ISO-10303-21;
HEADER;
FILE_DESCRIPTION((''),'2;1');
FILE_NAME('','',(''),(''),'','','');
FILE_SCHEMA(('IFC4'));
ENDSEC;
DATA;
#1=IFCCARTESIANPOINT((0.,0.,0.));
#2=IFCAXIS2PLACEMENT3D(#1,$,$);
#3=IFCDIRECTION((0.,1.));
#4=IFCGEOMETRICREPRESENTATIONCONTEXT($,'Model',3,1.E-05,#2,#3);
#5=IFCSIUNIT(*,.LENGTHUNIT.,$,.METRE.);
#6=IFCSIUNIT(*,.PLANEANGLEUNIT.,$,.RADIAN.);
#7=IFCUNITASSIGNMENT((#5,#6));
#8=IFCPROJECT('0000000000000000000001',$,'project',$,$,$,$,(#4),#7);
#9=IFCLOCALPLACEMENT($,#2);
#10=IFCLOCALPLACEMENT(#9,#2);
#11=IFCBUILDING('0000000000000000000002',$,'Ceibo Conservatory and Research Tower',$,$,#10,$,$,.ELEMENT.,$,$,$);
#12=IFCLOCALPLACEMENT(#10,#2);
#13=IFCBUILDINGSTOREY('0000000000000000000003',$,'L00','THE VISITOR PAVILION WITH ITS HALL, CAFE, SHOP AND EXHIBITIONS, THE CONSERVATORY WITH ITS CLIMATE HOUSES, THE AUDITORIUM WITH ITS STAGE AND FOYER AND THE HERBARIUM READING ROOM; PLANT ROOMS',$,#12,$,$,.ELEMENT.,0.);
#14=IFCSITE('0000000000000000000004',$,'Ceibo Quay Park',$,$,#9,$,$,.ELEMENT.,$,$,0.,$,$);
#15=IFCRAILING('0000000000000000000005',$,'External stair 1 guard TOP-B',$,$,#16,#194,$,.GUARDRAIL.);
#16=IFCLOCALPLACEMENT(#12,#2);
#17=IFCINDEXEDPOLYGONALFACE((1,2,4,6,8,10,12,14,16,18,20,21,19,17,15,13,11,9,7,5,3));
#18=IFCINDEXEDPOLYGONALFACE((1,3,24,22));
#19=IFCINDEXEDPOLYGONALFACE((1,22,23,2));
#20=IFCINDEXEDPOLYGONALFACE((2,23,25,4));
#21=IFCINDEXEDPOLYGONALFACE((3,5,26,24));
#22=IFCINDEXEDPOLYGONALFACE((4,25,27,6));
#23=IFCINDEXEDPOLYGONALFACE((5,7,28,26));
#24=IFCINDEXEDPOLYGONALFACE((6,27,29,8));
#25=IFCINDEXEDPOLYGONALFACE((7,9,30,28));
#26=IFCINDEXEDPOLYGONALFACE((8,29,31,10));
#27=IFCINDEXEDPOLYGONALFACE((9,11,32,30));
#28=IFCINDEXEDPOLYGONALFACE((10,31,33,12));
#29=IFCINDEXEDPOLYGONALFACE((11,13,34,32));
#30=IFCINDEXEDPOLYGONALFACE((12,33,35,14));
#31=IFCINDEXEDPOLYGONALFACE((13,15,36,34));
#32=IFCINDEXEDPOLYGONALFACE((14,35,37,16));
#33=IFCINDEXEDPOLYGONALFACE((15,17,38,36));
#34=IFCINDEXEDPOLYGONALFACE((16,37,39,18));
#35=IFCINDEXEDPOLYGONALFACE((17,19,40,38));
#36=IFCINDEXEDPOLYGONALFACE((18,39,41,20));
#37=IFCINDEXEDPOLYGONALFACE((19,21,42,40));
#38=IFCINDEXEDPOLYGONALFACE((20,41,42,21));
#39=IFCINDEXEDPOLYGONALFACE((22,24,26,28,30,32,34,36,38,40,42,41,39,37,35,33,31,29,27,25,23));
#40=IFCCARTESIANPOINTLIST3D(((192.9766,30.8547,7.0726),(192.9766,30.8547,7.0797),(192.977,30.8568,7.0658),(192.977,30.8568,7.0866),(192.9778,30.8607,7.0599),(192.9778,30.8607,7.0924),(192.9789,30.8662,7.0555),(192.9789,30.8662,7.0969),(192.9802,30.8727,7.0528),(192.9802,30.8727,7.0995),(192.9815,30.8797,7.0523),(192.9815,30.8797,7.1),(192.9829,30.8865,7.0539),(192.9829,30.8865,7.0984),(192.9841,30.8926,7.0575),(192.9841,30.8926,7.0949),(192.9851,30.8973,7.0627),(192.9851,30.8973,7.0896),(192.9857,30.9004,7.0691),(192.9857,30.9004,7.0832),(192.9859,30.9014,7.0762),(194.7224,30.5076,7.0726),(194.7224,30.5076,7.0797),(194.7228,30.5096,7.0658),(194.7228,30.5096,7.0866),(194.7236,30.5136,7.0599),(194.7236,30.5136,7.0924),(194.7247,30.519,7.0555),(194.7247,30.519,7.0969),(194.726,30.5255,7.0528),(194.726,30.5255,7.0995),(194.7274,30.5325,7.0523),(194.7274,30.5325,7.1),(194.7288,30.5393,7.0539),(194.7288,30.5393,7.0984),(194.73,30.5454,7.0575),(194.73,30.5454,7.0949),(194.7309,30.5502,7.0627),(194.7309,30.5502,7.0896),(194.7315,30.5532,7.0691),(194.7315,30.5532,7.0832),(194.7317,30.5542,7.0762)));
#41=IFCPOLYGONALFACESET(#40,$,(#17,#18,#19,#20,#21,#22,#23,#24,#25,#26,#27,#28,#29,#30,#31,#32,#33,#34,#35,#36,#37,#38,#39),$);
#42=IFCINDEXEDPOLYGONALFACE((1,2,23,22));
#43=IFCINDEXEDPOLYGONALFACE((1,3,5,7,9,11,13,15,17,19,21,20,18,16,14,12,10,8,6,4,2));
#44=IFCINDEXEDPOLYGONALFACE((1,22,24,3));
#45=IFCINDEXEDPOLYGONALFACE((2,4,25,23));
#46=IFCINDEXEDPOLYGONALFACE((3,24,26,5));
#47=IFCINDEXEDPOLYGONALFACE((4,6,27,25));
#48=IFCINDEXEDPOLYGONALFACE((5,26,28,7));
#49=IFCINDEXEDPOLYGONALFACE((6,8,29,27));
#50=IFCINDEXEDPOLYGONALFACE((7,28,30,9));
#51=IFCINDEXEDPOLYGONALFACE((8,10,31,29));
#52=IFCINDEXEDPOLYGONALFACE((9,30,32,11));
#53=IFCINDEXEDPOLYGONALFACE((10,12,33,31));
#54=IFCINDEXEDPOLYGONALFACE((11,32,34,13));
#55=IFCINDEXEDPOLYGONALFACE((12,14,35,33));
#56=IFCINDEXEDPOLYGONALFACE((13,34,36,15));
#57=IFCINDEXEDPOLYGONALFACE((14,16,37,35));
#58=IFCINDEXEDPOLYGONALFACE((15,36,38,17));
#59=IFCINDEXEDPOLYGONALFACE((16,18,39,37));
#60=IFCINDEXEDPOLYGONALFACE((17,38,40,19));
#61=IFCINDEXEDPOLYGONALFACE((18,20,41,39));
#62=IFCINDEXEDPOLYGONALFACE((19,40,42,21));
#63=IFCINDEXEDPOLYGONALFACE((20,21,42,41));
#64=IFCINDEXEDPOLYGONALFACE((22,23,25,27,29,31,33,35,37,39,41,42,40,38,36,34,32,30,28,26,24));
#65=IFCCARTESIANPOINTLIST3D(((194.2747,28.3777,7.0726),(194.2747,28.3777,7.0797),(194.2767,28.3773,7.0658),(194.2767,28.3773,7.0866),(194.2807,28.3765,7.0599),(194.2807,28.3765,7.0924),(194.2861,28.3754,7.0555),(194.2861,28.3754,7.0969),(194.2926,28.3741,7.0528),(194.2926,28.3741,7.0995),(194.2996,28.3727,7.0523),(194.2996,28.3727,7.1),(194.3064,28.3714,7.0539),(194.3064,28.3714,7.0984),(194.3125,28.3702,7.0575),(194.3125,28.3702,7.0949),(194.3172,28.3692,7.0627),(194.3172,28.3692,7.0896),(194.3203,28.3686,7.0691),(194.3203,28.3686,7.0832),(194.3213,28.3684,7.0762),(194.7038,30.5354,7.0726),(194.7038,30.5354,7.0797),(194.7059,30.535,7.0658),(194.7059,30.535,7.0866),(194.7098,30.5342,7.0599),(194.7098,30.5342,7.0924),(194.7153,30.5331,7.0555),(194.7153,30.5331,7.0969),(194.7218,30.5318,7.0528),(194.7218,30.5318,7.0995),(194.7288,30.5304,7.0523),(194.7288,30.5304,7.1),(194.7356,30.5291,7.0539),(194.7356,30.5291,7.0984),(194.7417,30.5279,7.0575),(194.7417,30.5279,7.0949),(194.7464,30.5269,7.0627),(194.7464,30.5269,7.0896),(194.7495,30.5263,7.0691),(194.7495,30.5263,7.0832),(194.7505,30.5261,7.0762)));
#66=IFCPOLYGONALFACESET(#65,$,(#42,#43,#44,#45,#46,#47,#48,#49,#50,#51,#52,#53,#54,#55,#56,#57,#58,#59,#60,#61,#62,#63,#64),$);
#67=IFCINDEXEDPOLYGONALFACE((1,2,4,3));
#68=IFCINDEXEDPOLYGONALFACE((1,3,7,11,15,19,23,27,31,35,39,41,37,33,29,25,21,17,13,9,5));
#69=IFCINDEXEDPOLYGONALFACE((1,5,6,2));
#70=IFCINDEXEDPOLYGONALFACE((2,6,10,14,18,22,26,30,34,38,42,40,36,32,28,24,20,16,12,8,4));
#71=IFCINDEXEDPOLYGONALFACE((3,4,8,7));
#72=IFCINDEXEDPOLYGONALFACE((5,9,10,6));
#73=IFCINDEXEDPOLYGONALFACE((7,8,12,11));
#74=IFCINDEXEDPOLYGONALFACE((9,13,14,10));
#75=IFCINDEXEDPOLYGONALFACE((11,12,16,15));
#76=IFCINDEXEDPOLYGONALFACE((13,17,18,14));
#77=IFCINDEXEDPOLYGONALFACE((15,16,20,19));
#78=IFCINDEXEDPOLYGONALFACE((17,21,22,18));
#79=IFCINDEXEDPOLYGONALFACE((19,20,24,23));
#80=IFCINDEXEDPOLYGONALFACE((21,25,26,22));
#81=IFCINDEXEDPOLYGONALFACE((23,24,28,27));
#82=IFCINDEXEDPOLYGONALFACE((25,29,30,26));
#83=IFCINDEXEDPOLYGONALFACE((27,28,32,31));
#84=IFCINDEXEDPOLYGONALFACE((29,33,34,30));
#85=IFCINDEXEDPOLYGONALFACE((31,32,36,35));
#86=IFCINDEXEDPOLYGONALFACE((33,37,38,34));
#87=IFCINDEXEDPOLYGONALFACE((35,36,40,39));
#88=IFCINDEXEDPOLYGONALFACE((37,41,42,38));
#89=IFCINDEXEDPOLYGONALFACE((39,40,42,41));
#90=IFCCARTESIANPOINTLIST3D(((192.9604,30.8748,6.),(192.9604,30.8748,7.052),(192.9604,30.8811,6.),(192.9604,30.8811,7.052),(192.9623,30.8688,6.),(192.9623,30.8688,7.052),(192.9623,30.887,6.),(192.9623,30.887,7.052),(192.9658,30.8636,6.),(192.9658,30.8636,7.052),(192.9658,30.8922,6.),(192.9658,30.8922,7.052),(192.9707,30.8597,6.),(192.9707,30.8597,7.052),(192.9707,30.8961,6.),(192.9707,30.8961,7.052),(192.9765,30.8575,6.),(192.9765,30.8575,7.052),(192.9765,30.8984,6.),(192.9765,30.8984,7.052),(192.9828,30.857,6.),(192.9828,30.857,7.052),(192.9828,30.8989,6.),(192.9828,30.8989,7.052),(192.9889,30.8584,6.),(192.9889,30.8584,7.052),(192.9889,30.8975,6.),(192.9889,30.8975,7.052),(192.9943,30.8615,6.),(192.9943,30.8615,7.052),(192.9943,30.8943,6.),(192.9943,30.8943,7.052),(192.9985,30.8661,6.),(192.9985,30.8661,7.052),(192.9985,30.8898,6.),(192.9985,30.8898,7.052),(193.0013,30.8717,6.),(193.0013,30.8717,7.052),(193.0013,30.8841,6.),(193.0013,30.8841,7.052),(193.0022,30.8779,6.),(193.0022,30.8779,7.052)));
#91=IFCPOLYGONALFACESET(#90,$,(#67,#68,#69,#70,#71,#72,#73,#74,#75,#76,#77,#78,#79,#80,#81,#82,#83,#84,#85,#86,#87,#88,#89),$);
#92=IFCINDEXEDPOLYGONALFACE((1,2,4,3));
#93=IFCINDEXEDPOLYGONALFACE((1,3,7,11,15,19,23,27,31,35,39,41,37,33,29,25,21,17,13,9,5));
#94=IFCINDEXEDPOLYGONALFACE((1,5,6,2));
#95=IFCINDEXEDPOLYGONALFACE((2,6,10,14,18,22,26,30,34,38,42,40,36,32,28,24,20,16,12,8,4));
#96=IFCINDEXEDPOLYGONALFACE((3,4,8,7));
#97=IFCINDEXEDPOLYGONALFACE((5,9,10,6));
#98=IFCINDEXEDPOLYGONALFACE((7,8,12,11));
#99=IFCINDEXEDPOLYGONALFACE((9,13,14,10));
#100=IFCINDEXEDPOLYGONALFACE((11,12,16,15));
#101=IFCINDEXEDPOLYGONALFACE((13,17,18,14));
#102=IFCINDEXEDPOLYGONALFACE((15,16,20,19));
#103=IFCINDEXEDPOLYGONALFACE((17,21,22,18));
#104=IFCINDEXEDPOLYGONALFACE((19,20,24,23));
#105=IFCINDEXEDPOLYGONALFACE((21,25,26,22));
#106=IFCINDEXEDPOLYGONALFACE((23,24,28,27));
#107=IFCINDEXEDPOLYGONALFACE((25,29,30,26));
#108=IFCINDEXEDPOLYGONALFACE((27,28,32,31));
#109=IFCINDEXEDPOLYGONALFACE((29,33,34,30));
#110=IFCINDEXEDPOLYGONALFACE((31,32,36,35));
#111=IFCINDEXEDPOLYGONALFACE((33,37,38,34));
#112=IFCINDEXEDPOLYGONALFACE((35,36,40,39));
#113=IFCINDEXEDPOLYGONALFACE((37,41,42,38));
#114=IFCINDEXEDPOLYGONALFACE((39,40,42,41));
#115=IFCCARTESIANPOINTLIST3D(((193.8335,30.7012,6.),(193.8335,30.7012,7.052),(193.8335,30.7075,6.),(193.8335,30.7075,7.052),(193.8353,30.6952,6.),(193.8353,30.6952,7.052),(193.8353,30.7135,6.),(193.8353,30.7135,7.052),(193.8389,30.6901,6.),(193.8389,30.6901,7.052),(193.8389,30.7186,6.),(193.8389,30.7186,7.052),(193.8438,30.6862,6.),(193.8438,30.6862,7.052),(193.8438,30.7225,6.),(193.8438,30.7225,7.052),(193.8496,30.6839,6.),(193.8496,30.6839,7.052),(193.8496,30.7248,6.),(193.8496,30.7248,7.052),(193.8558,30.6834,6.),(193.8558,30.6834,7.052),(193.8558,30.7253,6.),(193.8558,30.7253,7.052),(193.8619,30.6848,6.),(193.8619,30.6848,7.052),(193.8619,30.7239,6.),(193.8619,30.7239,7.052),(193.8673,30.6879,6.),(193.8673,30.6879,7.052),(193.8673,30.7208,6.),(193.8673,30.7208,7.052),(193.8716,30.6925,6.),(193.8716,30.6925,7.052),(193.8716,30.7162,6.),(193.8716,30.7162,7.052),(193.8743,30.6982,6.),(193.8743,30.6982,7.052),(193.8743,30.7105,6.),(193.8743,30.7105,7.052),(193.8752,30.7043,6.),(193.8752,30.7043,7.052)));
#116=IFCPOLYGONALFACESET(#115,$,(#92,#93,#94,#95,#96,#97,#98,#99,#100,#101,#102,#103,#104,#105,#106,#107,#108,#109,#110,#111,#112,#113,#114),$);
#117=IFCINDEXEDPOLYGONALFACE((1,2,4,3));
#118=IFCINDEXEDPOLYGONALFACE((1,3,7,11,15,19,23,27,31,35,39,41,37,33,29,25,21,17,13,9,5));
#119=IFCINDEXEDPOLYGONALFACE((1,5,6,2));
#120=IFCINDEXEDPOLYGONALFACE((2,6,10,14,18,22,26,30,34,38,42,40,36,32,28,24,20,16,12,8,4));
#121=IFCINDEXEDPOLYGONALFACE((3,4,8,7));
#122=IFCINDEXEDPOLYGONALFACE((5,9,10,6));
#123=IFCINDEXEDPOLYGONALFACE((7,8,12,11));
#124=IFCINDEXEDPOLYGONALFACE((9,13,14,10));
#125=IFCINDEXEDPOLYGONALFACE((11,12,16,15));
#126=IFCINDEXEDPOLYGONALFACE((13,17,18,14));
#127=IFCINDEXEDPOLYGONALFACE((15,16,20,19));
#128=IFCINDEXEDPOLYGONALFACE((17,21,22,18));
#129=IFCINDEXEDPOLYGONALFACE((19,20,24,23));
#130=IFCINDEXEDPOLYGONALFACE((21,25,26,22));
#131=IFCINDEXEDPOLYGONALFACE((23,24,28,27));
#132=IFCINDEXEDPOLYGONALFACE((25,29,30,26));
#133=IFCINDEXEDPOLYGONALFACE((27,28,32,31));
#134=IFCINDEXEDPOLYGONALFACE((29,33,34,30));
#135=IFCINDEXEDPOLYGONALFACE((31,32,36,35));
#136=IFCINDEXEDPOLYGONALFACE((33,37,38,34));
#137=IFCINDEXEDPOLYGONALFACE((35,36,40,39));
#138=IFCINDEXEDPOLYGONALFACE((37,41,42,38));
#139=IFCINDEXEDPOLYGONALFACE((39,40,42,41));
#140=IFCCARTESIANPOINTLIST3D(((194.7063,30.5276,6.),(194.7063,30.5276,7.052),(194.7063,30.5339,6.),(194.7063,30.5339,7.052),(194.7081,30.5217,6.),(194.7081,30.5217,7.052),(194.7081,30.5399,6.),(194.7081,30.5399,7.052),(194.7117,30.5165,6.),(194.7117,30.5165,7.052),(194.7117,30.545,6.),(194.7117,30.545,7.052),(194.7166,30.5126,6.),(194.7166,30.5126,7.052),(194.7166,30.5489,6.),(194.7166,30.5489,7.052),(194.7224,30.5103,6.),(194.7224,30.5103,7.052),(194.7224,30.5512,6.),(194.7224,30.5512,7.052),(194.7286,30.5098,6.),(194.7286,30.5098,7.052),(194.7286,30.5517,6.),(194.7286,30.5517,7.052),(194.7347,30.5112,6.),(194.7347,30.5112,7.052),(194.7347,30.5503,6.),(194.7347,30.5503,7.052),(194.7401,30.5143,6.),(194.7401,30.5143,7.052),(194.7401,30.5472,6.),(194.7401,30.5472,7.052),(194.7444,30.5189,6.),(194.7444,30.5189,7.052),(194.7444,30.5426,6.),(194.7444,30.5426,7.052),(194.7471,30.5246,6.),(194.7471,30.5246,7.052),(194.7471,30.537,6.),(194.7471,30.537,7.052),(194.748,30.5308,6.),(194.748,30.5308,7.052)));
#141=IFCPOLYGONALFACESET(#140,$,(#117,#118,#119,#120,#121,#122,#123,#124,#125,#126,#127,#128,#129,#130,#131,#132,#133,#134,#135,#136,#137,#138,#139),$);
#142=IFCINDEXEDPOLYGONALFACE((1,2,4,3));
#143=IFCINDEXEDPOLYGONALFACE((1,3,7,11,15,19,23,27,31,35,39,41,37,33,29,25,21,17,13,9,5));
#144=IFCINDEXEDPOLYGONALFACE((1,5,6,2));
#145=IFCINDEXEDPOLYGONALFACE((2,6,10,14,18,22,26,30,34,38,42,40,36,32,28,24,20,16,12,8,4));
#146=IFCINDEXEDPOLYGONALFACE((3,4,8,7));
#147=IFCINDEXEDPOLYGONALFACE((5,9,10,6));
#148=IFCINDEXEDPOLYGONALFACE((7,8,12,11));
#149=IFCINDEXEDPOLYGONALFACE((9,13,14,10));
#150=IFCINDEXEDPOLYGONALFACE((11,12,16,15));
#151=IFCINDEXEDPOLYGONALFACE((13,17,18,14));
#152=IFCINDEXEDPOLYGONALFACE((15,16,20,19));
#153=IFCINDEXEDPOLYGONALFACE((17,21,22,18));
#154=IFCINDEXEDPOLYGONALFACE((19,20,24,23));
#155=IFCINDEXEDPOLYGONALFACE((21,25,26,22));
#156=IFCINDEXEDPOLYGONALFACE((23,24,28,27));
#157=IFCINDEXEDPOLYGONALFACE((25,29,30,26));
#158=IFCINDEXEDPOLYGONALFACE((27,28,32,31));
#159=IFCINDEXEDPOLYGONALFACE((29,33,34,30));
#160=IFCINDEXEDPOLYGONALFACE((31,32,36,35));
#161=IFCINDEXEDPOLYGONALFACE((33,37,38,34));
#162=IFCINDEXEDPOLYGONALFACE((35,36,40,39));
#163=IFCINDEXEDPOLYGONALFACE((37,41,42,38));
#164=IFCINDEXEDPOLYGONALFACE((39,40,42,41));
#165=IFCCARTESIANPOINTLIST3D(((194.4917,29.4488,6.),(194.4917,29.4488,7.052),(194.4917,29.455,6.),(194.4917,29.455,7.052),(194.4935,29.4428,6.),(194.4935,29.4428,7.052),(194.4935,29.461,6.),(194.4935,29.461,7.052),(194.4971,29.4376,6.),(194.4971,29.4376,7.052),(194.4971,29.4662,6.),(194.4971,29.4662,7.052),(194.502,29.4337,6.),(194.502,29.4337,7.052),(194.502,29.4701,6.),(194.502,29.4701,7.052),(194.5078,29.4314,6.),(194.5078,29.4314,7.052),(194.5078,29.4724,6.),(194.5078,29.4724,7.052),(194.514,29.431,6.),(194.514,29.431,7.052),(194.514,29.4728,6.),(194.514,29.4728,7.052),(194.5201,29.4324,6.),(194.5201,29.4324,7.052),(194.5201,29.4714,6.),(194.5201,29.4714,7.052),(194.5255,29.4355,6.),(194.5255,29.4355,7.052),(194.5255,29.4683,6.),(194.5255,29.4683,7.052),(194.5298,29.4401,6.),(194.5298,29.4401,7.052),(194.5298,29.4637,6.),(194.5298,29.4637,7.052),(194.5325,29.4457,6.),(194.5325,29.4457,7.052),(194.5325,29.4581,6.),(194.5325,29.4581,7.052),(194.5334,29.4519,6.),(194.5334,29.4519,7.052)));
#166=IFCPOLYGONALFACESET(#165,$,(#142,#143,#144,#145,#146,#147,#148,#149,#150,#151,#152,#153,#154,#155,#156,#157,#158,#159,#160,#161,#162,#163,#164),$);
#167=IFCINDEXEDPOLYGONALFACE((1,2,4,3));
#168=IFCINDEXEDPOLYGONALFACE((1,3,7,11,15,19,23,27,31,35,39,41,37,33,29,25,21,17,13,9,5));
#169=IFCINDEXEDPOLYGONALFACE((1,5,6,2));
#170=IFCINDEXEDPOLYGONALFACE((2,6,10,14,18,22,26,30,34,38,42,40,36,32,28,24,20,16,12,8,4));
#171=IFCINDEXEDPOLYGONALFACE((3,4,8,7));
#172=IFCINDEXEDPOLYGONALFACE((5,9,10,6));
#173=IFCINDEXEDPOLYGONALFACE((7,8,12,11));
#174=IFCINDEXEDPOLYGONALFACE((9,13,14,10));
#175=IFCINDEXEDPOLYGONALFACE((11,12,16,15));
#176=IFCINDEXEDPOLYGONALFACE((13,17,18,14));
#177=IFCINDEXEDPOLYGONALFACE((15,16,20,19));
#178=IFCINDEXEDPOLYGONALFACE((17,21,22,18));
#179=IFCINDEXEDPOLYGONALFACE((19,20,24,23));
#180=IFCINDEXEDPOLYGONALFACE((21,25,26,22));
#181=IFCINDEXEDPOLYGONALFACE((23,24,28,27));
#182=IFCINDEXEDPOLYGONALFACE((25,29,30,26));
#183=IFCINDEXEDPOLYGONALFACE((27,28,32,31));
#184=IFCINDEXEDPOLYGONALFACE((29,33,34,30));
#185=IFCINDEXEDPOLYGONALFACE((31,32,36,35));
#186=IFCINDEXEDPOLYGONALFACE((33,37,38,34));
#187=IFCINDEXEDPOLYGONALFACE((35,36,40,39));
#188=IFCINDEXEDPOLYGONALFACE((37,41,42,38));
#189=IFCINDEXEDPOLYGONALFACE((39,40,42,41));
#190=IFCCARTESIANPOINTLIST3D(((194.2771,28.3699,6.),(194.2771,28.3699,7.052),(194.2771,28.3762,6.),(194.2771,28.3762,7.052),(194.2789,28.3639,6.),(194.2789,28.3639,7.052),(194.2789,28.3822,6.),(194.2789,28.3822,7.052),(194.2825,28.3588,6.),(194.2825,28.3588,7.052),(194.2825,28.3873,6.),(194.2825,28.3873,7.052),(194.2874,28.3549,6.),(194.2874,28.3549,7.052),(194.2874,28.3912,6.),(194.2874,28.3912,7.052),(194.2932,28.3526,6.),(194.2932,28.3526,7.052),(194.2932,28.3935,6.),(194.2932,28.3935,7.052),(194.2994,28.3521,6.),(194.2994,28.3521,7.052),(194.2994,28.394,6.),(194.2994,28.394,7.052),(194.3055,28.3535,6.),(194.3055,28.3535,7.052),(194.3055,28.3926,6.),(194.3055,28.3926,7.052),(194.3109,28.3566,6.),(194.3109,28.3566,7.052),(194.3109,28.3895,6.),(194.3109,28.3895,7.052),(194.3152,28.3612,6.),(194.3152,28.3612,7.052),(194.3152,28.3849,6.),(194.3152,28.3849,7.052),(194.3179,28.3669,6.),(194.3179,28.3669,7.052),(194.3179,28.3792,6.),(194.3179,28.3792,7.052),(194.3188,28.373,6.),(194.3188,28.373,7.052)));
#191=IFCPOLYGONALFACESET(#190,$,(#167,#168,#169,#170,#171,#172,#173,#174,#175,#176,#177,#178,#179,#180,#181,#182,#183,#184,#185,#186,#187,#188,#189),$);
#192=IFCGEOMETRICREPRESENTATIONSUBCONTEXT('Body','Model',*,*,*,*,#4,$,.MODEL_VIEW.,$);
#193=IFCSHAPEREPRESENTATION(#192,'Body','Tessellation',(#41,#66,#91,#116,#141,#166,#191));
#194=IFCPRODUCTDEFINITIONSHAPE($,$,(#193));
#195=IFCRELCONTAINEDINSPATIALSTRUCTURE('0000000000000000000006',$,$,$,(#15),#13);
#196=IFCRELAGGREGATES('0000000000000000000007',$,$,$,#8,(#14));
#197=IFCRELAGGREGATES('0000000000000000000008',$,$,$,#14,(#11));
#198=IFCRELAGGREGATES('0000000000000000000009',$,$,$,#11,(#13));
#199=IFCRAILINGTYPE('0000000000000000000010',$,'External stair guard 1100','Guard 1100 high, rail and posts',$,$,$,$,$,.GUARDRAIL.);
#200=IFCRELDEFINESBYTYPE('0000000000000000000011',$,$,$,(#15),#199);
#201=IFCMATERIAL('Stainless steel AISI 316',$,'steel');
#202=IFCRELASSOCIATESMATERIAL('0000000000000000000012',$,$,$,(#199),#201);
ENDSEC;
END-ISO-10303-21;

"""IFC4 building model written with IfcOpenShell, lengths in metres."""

from ifc_helpers import new_model, si_unit, direction, frame, origin, origin_2d, place, context, subcontext, project, spatial, circle, extrude, material, type_object, element, save


model = new_model("IFC4")

# Units and contexts
model_context = context("Model", 3, precision=1e-05, world=origin(), true_north=direction((0.0, 1.0)))
body_context = subcontext(model_context, "Body", "Model", "MODEL_VIEW")
ifc_project = project(units=[si_unit("LENGTHUNIT", "METRE"), si_unit("PLANEANGLEUNIT", "RADIAN")], contexts=[model_context])

# Site, building, storey
site_placement = place(None, origin())
site = spatial("IfcSite", under=ifc_project, at=site_placement, Name="Ceibo Quay Park", CompositionType="ELEMENT", RefElevation=0.0)
building_placement = place(site_placement, origin())
building = spatial("IfcBuilding", under=site, at=building_placement, Name="Ceibo Conservatory and Research Tower", CompositionType="ELEMENT")
storey_placement = place(building_placement, origin())
storey = spatial("IfcBuildingStorey", under=building, at=storey_placement, Name="L00", Description="THE VISITOR PAVILION WITH ITS HALL, CAFE, SHOP AND EXHIBITIONS, THE CONSERVATORY WITH ITS CLIMATE HOUSES, THE AUDITORIUM WITH ITS STAGE AND FOYER AND THE HERBARIUM READING ROOM; PLANT ROOMS", CompositionType="ELEMENT", Elevation=0.0)

# Railing
ifc_material_1 = material(Name="Stainless steel AISI 316", Category="steel")
railing_type = type_object("IfcRailingType", Name="External stair guard 1100", Description="Guard 1100 high, rail and posts", PredefinedType="GUARDRAIL", material=ifc_material_1)
railing_1_placement = place(storey_placement, frame((192.9812, 30.8779, 6.0)))
element("IfcRailing", 1, at=railing_1_placement, inside=storey, type_object=railing_type, Name="External stair 1 guard TOP-B", PredefinedType="GUARDRAIL", context=body_context, shape_type="SweptSolid", body=[
    extrude(circle(Radius=0.0239, at=origin_2d()), frame((0.0, 0.0, 1.0762), z_axis=(0.980796, -0.195035, 0.0), x_axis=(0.195035, 0.980796, 0.0)), (0.0, 0.0, 1.0), 1.78),
    extrude(circle(Radius=0.0239, at=origin_2d()), frame((1.7458, -0.3472, 1.0762), z_axis=(-0.195092, -0.980785, 0.0), x_axis=(0.980785, -0.195092, 0.0)), (0.0, 0.0, 1.0), 2.2),
    extrude(circle(Radius=0.021, at=origin_2d()), origin(), (0.0, 0.0, 1.0), 1.052),
    extrude(circle(Radius=0.021, at=origin_2d()), frame((0.873, -0.1736, 0.0)), (0.0, 0.0, 1.0), 1.052),
    extrude(circle(Radius=0.021, at=origin_2d()), frame((1.7458, -0.3472, 0.0)), (0.0, 0.0, 1.0), 1.052),
    extrude(circle(Radius=0.021, at=origin_2d()), frame((1.5312, -1.426, 0.0)), (0.0, 0.0, 1.0), 1.052),
    extrude(circle(Radius=0.021, at=origin_2d()), frame((1.3167, -2.5049, 0.0)), (0.0, 0.0, 1.0), 1.052),
])

save(model, "model.ifc")
